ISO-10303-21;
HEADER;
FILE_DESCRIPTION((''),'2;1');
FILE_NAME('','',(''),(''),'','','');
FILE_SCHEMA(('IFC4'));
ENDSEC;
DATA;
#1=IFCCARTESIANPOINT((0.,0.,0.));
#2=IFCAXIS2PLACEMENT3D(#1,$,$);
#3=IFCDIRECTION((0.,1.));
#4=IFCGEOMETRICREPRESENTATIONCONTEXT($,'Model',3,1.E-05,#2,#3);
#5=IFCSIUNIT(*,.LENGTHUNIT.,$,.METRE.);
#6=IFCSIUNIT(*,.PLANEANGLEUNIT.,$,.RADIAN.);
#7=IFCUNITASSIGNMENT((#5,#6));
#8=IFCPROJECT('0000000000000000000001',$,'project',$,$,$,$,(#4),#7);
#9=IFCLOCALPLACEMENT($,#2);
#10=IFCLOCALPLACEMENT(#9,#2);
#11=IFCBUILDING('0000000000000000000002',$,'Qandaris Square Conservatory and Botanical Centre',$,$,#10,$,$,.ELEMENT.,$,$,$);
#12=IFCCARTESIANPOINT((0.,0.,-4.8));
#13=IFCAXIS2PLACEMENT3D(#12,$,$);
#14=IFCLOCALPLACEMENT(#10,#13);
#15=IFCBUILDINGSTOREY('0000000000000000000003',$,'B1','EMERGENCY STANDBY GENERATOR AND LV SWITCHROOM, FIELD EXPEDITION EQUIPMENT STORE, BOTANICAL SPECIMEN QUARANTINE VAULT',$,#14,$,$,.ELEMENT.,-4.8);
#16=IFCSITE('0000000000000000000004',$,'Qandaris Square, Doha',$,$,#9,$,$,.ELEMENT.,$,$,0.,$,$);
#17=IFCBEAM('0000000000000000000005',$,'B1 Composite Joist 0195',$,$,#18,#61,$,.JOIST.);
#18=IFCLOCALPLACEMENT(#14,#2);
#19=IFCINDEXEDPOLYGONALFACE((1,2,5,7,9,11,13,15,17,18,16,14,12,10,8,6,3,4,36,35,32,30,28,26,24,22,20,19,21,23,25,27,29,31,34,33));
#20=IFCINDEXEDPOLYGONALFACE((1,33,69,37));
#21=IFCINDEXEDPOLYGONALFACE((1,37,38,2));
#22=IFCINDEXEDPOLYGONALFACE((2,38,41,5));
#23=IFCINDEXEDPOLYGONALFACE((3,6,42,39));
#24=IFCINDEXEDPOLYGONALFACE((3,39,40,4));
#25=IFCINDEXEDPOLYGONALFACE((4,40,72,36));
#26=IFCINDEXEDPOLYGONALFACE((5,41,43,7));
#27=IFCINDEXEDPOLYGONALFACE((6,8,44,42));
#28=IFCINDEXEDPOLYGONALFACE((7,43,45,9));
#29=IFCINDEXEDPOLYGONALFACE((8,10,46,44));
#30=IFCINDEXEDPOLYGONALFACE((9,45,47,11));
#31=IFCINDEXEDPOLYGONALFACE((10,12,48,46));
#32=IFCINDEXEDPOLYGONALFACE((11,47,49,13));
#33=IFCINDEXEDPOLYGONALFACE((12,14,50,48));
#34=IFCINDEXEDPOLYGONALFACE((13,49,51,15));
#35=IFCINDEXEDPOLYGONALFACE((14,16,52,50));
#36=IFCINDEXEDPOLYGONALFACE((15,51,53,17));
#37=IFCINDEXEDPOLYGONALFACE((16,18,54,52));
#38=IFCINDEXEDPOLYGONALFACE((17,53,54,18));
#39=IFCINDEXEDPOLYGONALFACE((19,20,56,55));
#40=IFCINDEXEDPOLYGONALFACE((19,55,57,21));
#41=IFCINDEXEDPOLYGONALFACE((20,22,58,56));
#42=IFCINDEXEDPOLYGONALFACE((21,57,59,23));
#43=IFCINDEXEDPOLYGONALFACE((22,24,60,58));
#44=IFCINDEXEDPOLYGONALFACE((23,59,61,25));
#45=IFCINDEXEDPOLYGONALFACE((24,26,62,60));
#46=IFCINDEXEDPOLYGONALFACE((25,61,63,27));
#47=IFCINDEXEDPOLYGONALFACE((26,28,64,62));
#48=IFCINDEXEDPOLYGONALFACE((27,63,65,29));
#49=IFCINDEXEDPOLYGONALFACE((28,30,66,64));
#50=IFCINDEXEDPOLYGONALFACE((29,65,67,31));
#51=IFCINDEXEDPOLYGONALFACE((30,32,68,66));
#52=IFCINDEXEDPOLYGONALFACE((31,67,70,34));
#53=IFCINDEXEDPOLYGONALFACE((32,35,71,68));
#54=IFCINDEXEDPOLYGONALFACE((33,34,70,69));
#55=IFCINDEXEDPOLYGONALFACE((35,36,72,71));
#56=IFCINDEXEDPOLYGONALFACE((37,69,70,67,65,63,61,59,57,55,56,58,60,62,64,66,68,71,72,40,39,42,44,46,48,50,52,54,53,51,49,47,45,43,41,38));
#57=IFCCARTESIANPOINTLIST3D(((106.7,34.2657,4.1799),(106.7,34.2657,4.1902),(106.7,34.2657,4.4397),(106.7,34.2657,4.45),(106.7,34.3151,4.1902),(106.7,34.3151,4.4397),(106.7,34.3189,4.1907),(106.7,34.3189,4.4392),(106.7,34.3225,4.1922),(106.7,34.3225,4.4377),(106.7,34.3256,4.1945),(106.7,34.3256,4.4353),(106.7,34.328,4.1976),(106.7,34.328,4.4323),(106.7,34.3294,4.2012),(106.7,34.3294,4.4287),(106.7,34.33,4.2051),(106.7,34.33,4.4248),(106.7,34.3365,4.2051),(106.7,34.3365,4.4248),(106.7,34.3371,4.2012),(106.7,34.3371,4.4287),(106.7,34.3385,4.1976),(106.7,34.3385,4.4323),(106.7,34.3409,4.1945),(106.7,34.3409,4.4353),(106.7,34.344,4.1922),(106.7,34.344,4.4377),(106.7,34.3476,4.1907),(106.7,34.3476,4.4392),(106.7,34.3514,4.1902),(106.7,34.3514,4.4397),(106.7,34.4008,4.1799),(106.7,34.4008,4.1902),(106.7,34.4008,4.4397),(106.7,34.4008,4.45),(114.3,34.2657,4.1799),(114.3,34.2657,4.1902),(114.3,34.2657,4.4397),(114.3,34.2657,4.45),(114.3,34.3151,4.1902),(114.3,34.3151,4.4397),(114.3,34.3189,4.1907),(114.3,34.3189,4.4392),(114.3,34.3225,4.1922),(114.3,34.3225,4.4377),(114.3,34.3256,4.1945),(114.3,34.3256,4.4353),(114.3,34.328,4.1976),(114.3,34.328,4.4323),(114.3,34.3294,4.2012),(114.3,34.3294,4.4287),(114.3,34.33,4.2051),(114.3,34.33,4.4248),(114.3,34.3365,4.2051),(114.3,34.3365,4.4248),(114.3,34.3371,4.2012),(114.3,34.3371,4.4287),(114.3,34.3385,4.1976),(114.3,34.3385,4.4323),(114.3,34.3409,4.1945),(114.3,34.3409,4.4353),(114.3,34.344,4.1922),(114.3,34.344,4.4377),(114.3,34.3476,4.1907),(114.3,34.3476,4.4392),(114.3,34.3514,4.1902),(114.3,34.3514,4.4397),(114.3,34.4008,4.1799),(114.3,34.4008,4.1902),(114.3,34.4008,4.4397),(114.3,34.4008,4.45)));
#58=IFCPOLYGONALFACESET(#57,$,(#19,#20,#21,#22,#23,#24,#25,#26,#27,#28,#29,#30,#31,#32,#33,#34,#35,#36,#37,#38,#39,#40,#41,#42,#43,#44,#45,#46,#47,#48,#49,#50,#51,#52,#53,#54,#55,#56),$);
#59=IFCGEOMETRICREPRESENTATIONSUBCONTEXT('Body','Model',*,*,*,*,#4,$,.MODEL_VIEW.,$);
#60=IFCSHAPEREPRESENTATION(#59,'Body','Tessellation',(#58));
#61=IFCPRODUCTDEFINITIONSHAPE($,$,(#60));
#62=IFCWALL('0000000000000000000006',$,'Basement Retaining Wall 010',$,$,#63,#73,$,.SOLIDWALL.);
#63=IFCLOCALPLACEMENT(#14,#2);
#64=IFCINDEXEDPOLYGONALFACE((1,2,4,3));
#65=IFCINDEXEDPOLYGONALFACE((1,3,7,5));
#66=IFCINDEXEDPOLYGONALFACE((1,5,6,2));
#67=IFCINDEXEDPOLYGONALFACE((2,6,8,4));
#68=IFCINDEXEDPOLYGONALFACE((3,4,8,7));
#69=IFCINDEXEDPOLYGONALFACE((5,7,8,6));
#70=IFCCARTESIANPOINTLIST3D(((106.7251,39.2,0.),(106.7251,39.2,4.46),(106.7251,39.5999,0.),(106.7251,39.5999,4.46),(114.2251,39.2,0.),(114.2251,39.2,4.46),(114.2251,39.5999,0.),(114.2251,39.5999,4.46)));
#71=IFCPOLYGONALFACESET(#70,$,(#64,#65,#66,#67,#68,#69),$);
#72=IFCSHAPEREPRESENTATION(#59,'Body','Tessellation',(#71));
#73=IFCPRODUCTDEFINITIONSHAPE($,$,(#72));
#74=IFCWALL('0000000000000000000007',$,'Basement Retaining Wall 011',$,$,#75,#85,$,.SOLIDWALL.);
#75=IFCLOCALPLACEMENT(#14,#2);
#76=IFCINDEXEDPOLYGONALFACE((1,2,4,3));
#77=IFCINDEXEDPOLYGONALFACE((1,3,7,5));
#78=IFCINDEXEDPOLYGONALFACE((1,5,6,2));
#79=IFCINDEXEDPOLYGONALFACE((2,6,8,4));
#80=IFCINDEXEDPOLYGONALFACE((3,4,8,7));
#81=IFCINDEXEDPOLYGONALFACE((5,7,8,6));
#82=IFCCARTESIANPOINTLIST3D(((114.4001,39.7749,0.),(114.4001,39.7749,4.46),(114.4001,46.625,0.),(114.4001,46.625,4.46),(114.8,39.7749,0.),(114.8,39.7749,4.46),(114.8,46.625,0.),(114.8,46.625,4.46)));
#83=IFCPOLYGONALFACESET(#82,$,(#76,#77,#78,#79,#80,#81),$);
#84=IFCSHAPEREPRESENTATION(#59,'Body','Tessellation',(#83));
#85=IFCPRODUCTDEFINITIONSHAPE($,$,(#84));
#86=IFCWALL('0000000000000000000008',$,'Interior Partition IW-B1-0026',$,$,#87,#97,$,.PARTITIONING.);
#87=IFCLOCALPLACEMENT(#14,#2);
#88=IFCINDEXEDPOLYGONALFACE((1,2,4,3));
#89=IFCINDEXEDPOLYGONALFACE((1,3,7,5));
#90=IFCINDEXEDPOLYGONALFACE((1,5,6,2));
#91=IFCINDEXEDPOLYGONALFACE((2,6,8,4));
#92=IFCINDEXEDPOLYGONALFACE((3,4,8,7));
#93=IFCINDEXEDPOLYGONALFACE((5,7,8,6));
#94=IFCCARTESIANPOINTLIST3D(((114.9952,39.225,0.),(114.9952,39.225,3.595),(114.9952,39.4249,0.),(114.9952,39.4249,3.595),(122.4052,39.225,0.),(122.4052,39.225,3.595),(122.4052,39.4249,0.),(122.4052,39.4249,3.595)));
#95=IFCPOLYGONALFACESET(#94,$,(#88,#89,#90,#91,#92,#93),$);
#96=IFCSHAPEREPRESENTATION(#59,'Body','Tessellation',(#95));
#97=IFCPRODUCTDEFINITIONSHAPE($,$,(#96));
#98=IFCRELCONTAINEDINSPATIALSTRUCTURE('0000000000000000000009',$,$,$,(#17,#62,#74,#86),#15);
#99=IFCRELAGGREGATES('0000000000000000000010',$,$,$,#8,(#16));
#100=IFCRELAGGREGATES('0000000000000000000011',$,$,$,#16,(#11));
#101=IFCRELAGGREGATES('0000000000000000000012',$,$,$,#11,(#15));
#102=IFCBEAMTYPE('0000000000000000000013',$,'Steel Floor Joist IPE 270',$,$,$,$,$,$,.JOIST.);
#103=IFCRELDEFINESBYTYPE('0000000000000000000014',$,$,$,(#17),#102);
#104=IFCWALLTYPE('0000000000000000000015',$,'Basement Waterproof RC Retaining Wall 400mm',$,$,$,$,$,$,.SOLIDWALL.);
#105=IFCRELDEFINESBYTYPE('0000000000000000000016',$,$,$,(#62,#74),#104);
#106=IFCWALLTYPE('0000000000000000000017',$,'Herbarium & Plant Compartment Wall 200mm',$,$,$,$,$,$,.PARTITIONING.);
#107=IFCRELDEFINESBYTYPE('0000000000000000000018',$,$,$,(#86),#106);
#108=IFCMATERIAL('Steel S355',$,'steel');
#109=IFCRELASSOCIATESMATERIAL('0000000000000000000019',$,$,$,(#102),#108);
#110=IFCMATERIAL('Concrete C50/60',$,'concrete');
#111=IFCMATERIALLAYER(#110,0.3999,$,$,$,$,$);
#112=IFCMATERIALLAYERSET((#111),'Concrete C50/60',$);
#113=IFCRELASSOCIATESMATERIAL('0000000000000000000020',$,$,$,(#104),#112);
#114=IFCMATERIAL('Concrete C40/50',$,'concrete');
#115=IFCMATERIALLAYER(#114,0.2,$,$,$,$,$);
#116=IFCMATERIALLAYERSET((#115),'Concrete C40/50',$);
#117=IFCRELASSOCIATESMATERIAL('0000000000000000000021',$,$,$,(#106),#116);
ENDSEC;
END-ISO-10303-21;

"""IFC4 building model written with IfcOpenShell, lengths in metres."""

from ifc_helpers import new_model, si_unit, direction, frame, frame_2d, origin, origin_2d, place, context, subcontext, project, spatial, rectangle, i_section, extrude, material, layer, layer_set, material_profile, profile_set, type_object, element, save


model = new_model("IFC4")

# Units and contexts
model_context = context("Model", 3, precision=1e-05, world=origin(), true_north=direction((0.0, 1.0)))
body_context = subcontext(model_context, "Body", "Model", "MODEL_VIEW")
ifc_project = project(units=[si_unit("LENGTHUNIT", "METRE"), si_unit("PLANEANGLEUNIT", "RADIAN")], contexts=[model_context])

# Site, building, storey
site_placement = place(None, origin())
site = spatial("IfcSite", under=ifc_project, at=site_placement, Name="Qandaris Square, Doha", CompositionType="ELEMENT", RefElevation=0.0)
building_placement = place(site_placement, origin())
building = spatial("IfcBuilding", under=site, at=building_placement, Name="Qandaris Square Conservatory and Botanical Centre", CompositionType="ELEMENT")
storey_placement = place(building_placement, frame((0.0, 0.0, -4.8)))
storey = spatial("IfcBuildingStorey", under=building, at=storey_placement, Name="B1", Description="EMERGENCY STANDBY GENERATOR AND LV SWITCHROOM, FIELD EXPEDITION EQUIPMENT STORE, BOTANICAL SPECIMEN QUARANTINE VAULT", CompositionType="ELEMENT", Elevation=-4.8)

# Shared definitions
ifc_material_1 = material(Name="Concrete C50/60", Category="concrete")

# Shared definitions
ifc_material_2 = material(Name="Concrete C40/50", Category="concrete")

# Beam
ifc_material_3 = material(Name="Steel S355", Category="steel")
ifc_material_profile_1 = material_profile(ifc_material_3, i_section(OverallWidth=0.135, OverallDepth=0.27, WebThickness=0.0066, FlangeThickness=0.0103, FilletRadius=0.0149, at=origin_2d()), Name="IPE 270")
ifc_profile_set_1 = profile_set([ifc_material_profile_1], Name="Steel S355")
beam_type_1 = type_object("IfcBeamType", Name="Steel Floor Joist IPE 270", PredefinedType="JOIST", material=ifc_profile_set_1)
beam_1_placement = place(storey_placement, frame((106.7, 34.3333, 4.3149), z_axis=(1.0, 0.0, 0.0), x_axis=(0.0, 1.0, 0.0)))
element("IfcBeam", 1, at=beam_1_placement, inside=storey, type_object=beam_type_1, Name="B1 Composite Joist 0195", PredefinedType="JOIST", context=body_context, shape_type="SweptSolid", body=[
    extrude(i_section(OverallWidth=0.135, OverallDepth=0.27, WebThickness=0.0066, FlangeThickness=0.0103, FilletRadius=0.0149, at=origin_2d()), origin(), (0.0, 0.0, 1.0), 7.6001),
])

# Walls
ifc_layer_1 = layer(ifc_material_1, 0.3999)
ifc_layer_set_1 = layer_set([ifc_layer_1], Name="Concrete C50/60")
wall_type_1 = type_object("IfcWallType", Name="Basement Waterproof RC Retaining Wall 400mm", PredefinedType="SOLIDWALL", material=ifc_layer_set_1)
wall_1_placement = place(storey_placement, frame((106.7251, 39.3999, 0.0), z_axis=(0.0, 0.0, 1.0), x_axis=(1.0, 0.0, 0.0)))
element("IfcWall", 2, at=wall_1_placement, inside=storey, type_object=wall_type_1, Name="Basement Retaining Wall 010", PredefinedType="SOLIDWALL", context=body_context, shape_type="SweptSolid", body=[
    extrude(rectangle(XDim=7.5, YDim=0.3999, at=frame_2d((3.75, 0.0))), origin(), (0.0, 0.0, 1.0), 4.46),
])
wall_2_placement = place(storey_placement, frame((114.6001, 39.7749, 0.0), z_axis=(0.0, 0.0, 1.0), x_axis=(0.0, 1.0, 0.0)))
element("IfcWall", 3, at=wall_2_placement, inside=storey, type_object=wall_type_1, Name="Basement Retaining Wall 011", PredefinedType="SOLIDWALL", context=body_context, shape_type="SweptSolid", body=[
    extrude(rectangle(XDim=6.8501, YDim=0.3999, at=frame_2d((3.425, 0.0))), origin(), (0.0, 0.0, 1.0), 4.46),
])
ifc_layer_2 = layer(ifc_material_2, 0.2)
ifc_layer_set_2 = layer_set([ifc_layer_2], Name="Concrete C40/50")
wall_type_2 = type_object("IfcWallType", Name="Herbarium & Plant Compartment Wall 200mm", PredefinedType="PARTITIONING", material=ifc_layer_set_2)
wall_3_placement = place(storey_placement, frame((114.9951, 39.325, 0.0), z_axis=(0.0, 0.0, 1.0), x_axis=(1.0, 0.0, 0.0)))
element("IfcWall", 4, at=wall_3_placement, inside=storey, type_object=wall_type_2, Name="Interior Partition IW-B1-0026", PredefinedType="PARTITIONING", context=body_context, shape_type="SweptSolid", body=[
    extrude(rectangle(XDim=7.4099, YDim=0.2, at=frame_2d((3.7051, 0.0))), origin(), (0.0, 0.0, 1.0), 3.595),
])

save(model, "model.ifc")
